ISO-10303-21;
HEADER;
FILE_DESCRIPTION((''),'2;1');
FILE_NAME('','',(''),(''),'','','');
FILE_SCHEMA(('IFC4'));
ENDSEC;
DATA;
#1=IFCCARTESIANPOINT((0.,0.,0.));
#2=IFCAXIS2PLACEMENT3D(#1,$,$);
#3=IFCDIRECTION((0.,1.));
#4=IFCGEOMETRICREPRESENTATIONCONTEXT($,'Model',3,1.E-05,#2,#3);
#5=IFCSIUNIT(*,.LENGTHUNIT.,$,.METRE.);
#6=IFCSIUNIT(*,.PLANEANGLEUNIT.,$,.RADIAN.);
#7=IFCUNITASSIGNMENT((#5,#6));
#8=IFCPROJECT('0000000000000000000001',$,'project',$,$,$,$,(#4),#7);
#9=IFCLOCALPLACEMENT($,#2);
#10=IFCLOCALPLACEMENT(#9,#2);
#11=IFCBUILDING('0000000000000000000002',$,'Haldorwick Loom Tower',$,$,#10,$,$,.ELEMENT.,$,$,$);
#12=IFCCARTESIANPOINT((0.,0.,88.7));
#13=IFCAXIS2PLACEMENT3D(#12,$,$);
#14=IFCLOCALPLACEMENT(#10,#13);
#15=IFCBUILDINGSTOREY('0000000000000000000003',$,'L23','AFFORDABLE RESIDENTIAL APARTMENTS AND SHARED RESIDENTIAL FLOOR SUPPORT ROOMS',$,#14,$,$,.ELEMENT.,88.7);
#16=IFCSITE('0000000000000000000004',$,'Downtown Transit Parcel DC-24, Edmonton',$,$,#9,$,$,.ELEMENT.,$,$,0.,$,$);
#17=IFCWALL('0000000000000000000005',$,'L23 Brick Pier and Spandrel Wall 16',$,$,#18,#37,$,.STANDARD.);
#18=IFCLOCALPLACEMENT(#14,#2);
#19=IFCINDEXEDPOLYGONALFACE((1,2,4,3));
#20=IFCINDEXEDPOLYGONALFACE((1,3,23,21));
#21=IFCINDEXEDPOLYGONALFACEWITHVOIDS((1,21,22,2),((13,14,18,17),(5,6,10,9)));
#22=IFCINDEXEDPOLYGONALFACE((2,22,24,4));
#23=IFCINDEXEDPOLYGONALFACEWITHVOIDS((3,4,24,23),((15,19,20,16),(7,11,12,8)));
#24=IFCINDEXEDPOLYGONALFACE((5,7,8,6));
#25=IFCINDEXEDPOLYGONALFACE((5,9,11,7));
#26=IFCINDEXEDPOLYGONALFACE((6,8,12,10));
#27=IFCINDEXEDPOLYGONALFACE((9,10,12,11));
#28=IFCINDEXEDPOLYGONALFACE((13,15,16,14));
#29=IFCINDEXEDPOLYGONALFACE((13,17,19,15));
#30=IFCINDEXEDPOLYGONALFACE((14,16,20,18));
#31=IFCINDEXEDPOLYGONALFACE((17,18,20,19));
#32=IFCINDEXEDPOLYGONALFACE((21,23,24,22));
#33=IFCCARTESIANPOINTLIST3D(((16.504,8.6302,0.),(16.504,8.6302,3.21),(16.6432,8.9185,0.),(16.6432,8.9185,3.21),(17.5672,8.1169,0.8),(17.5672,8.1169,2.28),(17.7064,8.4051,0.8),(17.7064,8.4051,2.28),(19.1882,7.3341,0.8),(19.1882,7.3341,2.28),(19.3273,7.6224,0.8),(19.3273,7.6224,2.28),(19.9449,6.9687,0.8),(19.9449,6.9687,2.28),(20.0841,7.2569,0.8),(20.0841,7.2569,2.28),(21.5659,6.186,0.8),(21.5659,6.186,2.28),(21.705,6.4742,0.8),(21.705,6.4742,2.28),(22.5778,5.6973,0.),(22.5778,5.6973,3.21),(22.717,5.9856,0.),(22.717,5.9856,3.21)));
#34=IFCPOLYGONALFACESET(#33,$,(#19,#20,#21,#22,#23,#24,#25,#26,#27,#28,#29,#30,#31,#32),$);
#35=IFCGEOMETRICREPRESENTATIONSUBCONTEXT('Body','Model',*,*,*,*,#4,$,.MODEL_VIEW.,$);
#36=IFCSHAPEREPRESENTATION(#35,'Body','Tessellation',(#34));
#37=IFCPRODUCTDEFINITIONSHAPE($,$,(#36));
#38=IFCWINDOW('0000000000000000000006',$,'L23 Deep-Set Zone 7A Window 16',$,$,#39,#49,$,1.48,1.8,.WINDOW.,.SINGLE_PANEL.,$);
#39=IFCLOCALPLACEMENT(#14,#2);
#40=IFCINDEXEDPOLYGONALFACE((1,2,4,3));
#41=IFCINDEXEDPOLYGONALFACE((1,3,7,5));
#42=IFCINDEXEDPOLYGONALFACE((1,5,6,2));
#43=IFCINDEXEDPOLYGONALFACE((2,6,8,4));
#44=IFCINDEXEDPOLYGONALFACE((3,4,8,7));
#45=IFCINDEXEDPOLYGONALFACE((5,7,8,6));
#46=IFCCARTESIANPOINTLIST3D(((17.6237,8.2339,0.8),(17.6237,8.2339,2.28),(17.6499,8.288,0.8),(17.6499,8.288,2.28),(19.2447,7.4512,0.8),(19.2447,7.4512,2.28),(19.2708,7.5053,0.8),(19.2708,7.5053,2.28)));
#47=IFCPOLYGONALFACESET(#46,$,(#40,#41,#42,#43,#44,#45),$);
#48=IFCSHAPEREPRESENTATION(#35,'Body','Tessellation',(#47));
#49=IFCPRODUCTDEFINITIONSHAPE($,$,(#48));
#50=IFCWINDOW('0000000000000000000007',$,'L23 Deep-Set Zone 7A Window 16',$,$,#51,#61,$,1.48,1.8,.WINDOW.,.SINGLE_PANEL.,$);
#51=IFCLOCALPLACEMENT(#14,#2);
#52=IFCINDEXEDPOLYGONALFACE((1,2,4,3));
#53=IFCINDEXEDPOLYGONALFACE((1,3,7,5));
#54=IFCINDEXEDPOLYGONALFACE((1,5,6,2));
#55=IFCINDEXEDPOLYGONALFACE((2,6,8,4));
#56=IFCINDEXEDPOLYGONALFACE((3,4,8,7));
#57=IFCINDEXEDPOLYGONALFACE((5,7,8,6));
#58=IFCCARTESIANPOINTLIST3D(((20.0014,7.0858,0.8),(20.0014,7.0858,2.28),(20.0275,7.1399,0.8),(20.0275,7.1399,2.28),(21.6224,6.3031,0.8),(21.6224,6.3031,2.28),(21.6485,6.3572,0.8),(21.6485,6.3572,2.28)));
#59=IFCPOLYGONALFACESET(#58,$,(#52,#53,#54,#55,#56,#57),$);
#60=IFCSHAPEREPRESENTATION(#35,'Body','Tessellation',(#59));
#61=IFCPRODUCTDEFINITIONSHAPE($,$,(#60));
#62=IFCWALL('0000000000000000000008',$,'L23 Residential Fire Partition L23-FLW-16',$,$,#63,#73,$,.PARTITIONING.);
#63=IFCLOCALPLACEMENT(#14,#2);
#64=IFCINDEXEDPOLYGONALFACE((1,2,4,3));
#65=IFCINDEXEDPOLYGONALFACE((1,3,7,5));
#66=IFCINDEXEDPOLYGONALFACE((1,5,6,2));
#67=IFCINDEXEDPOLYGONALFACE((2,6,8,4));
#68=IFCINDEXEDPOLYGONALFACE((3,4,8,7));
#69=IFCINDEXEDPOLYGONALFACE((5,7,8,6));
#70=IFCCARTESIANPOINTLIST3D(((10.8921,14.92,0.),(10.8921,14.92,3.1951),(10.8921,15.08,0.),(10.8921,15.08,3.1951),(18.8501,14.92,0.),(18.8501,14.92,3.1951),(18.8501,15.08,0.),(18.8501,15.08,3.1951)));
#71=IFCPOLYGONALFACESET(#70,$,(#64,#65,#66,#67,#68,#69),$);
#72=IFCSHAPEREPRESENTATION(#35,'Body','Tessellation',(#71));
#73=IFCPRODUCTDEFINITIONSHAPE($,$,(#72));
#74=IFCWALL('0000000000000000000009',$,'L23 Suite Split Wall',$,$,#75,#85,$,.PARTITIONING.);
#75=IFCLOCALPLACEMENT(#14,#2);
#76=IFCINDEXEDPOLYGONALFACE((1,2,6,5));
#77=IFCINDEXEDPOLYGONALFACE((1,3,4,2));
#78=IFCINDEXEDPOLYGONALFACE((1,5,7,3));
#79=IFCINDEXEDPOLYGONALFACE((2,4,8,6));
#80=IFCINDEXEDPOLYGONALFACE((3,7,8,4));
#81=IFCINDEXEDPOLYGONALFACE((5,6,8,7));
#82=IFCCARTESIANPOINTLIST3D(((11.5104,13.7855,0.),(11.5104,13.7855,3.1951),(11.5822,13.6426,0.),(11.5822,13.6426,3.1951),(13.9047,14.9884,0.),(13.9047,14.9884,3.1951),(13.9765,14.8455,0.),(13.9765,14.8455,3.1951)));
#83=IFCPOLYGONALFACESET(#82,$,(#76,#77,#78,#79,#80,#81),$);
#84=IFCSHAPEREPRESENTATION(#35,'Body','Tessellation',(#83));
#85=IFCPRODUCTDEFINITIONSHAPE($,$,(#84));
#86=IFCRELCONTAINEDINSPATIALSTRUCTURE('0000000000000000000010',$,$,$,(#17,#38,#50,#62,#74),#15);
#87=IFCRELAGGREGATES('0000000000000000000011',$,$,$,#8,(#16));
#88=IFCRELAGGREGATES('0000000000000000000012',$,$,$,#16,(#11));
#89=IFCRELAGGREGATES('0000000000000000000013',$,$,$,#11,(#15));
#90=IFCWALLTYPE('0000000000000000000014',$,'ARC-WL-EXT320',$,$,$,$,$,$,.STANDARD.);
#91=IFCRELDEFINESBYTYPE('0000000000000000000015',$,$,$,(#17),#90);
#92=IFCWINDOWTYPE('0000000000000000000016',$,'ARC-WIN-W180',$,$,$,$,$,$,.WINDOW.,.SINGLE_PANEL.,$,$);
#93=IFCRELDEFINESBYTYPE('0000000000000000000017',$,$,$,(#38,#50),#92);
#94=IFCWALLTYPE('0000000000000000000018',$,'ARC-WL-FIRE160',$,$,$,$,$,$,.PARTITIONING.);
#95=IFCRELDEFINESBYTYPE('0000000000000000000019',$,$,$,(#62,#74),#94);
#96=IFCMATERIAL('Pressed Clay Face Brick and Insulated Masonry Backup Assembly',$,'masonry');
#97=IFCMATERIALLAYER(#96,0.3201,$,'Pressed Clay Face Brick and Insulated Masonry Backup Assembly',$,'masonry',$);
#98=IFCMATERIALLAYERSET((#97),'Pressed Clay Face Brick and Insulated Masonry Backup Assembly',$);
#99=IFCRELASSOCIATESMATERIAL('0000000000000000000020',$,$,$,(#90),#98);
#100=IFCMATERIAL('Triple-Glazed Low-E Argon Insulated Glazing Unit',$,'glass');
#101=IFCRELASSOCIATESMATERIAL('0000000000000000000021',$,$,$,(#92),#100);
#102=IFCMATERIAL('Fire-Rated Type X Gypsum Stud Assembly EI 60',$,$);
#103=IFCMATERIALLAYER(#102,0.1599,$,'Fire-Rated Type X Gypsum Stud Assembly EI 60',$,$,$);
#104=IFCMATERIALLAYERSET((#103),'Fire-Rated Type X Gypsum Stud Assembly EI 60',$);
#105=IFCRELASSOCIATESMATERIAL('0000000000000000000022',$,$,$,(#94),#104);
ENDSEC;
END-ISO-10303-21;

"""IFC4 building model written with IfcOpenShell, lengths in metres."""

from ifc_helpers import new_model, si_unit, direction, frame, frame_2d, origin, place, context, subcontext, project, spatial, rectangle, extrude, material, layer, layer_set, type_object, element, fill, save


model = new_model("IFC4")

# Units and contexts
model_context = context("Model", 3, precision=1e-05, world=origin(), true_north=direction((0.0, 1.0)))
body_context = subcontext(model_context, "Body", "Model", "MODEL_VIEW")
ifc_project = project(units=[si_unit("LENGTHUNIT", "METRE"), si_unit("PLANEANGLEUNIT", "RADIAN")], contexts=[model_context])

# Site, building, storey
site_placement = place(None, origin())
site = spatial("IfcSite", under=ifc_project, at=site_placement, Name="Downtown Transit Parcel DC-24, Edmonton", CompositionType="ELEMENT", RefElevation=0.0)
building_placement = place(site_placement, origin())
building = spatial("IfcBuilding", under=site, at=building_placement, Name="Haldorwick Loom Tower", CompositionType="ELEMENT")
storey_placement = place(building_placement, frame((0.0, 0.0, 88.7)))
storey = spatial("IfcBuildingStorey", under=building, at=storey_placement, Name="L23", Description="AFFORDABLE RESIDENTIAL APARTMENTS AND SHARED RESIDENTIAL FLOOR SUPPORT ROOMS", CompositionType="ELEMENT", Elevation=88.7)

# Shared definitions
ifc_material_1 = material(Name="Pressed Clay Face Brick and Insulated Masonry Backup Assembly", Category="masonry")
ifc_layer_1 = layer(ifc_material_1, 0.3201, Name="Pressed Clay Face Brick and Insulated Masonry Backup Assembly", Category="masonry")
ifc_layer_set_1 = layer_set([ifc_layer_1], Name="Pressed Clay Face Brick and Insulated Masonry Backup Assembly")
wall_type_1 = type_object("IfcWallType", Name="ARC-WL-EXT320", PredefinedType="STANDARD", material=ifc_layer_set_1)

# Wall, openings, windows
wall_1_placement = place(storey_placement, frame((16.5735, 8.7744, 0.0), z_axis=(0.0, 0.0, 1.0), x_axis=(0.90051, -0.434835, 0.0)))
wall_1 = element("IfcWall", 1, at=wall_1_placement, inside=storey, type_object=wall_type_1, Name="L23 Brick Pier and Spandrel Wall 16", PredefinedType="STANDARD", context=body_context, shape_type="SweptSolid", body=[
    extrude(rectangle(XDim=6.7449, YDim=0.3201, at=frame_2d((3.3726, 0.0))), origin(), (0.0, 0.0, 1.0), 3.21),
])
opening_1_placement = place(wall_1_placement, frame((1.1809, 0.0, 0.8)))
opening_1 = element("IfcOpeningElement", 2, at=opening_1_placement, cuts=wall_1, PredefinedType="OPENING", context=body_context, shape_type="SweptSolid", body=[
    extrude(rectangle(XDim=1.8, YDim=1.48, at=frame_2d((0.8999, 0.74))), frame((0.0, 0.1699, 0.0), z_axis=(0.0, -1.0, 0.0), x_axis=(1.0, 0.0, 0.0)), (0.0, 0.0, 1.0), 0.3401),
])
opening_2_placement = place(wall_1_placement, frame((3.8213, 0.0, 0.8)))
opening_2 = element("IfcOpeningElement", 3, at=opening_2_placement, cuts=wall_1, PredefinedType="OPENING", context=body_context, shape_type="SweptSolid", body=[
    extrude(rectangle(XDim=1.8, YDim=1.48, at=frame_2d((0.8999, 0.74))), frame((0.0, 0.1699, 0.0), z_axis=(0.0, -1.0, 0.0), x_axis=(1.0, 0.0, 0.0)), (0.0, 0.0, 1.0), 0.3401),
])
ifc_material_2 = material(Name="Triple-Glazed Low-E Argon Insulated Glazing Unit", Category="glass")
window_type = type_object("IfcWindowType", Name="ARC-WIN-W180", PartitioningType="SINGLE_PANEL", PredefinedType="WINDOW", material=ifc_material_2)
window_1_placement = place(opening_1_placement, origin())
window_1 = element("IfcWindow", 4, at=window_1_placement, inside=storey, type_object=window_type, Name="L23 Deep-Set Zone 7A Window 16", OverallHeight=1.48, OverallWidth=1.8, PartitioningType="SINGLE_PANEL", PredefinedType="WINDOW", context=body_context, shape_type="SweptSolid", body=[
    extrude(rectangle(XDim=1.8, YDim=1.48, at=frame_2d((0.8999, 0.74))), frame((0.0, 0.03, 0.0), z_axis=(0.0, -1.0, 0.0), x_axis=(1.0, 0.0, 0.0)), (0.0, 0.0, 1.0), 0.0601),
])
fill(opening_1, window_1)
window_2_placement = place(opening_2_placement, origin())
window_2 = element("IfcWindow", 5, at=window_2_placement, inside=storey, type_object=window_type, Name="L23 Deep-Set Zone 7A Window 16", OverallHeight=1.48, OverallWidth=1.8, PartitioningType="SINGLE_PANEL", PredefinedType="WINDOW", context=body_context, shape_type="SweptSolid", body=[
    extrude(rectangle(XDim=1.8, YDim=1.48, at=frame_2d((0.8999, 0.74))), frame((0.0, 0.03, 0.0), z_axis=(0.0, -1.0, 0.0), x_axis=(1.0, 0.0, 0.0)), (0.0, 0.0, 1.0), 0.0601),
])
fill(opening_2, window_2)

# Walls
ifc_material_3 = material(Name="Fire-Rated Type X Gypsum Stud Assembly EI 60")
ifc_layer_2 = layer(ifc_material_3, 0.1599, Name="Fire-Rated Type X Gypsum Stud Assembly EI 60")
ifc_layer_set_2 = layer_set([ifc_layer_2], Name="Fire-Rated Type X Gypsum Stud Assembly EI 60")
wall_type_2 = type_object("IfcWallType", Name="ARC-WL-FIRE160", PredefinedType="PARTITIONING", material=ifc_layer_set_2)
wall_2_placement = place(storey_placement, frame((10.8921, 15.0, 0.0), z_axis=(0.0, 0.0, 1.0), x_axis=(1.0, 0.0, 0.0)))
element("IfcWall", 6, at=wall_2_placement, inside=storey, type_object=wall_type_2, Name="L23 Residential Fire Partition L23-FLW-16", PredefinedType="PARTITIONING", context=body_context, shape_type="SweptSolid", body=[
    extrude(rectangle(XDim=7.958, YDim=0.1599, at=frame_2d((3.979, 0.0))), origin(), (0.0, 0.0, 1.0), 3.1951),
])
wall_3_placement = place(storey_placement, frame((13.9407, 14.917, 0.0), z_axis=(0.0, 0.0, 1.0), x_axis=(-0.893569, -0.448926, 0.0)))
element("IfcWall", 7, at=wall_3_placement, inside=storey, type_object=wall_type_2, Name="L23 Suite Split Wall", PredefinedType="PARTITIONING", context=body_context, shape_type="SweptSolid", body=[
    extrude(rectangle(XDim=2.6794, YDim=0.1599, at=frame_2d((1.3398, 0.0))), origin(), (0.0, 0.0, 1.0), 3.1951),
])

save(model, "model.ifc")
